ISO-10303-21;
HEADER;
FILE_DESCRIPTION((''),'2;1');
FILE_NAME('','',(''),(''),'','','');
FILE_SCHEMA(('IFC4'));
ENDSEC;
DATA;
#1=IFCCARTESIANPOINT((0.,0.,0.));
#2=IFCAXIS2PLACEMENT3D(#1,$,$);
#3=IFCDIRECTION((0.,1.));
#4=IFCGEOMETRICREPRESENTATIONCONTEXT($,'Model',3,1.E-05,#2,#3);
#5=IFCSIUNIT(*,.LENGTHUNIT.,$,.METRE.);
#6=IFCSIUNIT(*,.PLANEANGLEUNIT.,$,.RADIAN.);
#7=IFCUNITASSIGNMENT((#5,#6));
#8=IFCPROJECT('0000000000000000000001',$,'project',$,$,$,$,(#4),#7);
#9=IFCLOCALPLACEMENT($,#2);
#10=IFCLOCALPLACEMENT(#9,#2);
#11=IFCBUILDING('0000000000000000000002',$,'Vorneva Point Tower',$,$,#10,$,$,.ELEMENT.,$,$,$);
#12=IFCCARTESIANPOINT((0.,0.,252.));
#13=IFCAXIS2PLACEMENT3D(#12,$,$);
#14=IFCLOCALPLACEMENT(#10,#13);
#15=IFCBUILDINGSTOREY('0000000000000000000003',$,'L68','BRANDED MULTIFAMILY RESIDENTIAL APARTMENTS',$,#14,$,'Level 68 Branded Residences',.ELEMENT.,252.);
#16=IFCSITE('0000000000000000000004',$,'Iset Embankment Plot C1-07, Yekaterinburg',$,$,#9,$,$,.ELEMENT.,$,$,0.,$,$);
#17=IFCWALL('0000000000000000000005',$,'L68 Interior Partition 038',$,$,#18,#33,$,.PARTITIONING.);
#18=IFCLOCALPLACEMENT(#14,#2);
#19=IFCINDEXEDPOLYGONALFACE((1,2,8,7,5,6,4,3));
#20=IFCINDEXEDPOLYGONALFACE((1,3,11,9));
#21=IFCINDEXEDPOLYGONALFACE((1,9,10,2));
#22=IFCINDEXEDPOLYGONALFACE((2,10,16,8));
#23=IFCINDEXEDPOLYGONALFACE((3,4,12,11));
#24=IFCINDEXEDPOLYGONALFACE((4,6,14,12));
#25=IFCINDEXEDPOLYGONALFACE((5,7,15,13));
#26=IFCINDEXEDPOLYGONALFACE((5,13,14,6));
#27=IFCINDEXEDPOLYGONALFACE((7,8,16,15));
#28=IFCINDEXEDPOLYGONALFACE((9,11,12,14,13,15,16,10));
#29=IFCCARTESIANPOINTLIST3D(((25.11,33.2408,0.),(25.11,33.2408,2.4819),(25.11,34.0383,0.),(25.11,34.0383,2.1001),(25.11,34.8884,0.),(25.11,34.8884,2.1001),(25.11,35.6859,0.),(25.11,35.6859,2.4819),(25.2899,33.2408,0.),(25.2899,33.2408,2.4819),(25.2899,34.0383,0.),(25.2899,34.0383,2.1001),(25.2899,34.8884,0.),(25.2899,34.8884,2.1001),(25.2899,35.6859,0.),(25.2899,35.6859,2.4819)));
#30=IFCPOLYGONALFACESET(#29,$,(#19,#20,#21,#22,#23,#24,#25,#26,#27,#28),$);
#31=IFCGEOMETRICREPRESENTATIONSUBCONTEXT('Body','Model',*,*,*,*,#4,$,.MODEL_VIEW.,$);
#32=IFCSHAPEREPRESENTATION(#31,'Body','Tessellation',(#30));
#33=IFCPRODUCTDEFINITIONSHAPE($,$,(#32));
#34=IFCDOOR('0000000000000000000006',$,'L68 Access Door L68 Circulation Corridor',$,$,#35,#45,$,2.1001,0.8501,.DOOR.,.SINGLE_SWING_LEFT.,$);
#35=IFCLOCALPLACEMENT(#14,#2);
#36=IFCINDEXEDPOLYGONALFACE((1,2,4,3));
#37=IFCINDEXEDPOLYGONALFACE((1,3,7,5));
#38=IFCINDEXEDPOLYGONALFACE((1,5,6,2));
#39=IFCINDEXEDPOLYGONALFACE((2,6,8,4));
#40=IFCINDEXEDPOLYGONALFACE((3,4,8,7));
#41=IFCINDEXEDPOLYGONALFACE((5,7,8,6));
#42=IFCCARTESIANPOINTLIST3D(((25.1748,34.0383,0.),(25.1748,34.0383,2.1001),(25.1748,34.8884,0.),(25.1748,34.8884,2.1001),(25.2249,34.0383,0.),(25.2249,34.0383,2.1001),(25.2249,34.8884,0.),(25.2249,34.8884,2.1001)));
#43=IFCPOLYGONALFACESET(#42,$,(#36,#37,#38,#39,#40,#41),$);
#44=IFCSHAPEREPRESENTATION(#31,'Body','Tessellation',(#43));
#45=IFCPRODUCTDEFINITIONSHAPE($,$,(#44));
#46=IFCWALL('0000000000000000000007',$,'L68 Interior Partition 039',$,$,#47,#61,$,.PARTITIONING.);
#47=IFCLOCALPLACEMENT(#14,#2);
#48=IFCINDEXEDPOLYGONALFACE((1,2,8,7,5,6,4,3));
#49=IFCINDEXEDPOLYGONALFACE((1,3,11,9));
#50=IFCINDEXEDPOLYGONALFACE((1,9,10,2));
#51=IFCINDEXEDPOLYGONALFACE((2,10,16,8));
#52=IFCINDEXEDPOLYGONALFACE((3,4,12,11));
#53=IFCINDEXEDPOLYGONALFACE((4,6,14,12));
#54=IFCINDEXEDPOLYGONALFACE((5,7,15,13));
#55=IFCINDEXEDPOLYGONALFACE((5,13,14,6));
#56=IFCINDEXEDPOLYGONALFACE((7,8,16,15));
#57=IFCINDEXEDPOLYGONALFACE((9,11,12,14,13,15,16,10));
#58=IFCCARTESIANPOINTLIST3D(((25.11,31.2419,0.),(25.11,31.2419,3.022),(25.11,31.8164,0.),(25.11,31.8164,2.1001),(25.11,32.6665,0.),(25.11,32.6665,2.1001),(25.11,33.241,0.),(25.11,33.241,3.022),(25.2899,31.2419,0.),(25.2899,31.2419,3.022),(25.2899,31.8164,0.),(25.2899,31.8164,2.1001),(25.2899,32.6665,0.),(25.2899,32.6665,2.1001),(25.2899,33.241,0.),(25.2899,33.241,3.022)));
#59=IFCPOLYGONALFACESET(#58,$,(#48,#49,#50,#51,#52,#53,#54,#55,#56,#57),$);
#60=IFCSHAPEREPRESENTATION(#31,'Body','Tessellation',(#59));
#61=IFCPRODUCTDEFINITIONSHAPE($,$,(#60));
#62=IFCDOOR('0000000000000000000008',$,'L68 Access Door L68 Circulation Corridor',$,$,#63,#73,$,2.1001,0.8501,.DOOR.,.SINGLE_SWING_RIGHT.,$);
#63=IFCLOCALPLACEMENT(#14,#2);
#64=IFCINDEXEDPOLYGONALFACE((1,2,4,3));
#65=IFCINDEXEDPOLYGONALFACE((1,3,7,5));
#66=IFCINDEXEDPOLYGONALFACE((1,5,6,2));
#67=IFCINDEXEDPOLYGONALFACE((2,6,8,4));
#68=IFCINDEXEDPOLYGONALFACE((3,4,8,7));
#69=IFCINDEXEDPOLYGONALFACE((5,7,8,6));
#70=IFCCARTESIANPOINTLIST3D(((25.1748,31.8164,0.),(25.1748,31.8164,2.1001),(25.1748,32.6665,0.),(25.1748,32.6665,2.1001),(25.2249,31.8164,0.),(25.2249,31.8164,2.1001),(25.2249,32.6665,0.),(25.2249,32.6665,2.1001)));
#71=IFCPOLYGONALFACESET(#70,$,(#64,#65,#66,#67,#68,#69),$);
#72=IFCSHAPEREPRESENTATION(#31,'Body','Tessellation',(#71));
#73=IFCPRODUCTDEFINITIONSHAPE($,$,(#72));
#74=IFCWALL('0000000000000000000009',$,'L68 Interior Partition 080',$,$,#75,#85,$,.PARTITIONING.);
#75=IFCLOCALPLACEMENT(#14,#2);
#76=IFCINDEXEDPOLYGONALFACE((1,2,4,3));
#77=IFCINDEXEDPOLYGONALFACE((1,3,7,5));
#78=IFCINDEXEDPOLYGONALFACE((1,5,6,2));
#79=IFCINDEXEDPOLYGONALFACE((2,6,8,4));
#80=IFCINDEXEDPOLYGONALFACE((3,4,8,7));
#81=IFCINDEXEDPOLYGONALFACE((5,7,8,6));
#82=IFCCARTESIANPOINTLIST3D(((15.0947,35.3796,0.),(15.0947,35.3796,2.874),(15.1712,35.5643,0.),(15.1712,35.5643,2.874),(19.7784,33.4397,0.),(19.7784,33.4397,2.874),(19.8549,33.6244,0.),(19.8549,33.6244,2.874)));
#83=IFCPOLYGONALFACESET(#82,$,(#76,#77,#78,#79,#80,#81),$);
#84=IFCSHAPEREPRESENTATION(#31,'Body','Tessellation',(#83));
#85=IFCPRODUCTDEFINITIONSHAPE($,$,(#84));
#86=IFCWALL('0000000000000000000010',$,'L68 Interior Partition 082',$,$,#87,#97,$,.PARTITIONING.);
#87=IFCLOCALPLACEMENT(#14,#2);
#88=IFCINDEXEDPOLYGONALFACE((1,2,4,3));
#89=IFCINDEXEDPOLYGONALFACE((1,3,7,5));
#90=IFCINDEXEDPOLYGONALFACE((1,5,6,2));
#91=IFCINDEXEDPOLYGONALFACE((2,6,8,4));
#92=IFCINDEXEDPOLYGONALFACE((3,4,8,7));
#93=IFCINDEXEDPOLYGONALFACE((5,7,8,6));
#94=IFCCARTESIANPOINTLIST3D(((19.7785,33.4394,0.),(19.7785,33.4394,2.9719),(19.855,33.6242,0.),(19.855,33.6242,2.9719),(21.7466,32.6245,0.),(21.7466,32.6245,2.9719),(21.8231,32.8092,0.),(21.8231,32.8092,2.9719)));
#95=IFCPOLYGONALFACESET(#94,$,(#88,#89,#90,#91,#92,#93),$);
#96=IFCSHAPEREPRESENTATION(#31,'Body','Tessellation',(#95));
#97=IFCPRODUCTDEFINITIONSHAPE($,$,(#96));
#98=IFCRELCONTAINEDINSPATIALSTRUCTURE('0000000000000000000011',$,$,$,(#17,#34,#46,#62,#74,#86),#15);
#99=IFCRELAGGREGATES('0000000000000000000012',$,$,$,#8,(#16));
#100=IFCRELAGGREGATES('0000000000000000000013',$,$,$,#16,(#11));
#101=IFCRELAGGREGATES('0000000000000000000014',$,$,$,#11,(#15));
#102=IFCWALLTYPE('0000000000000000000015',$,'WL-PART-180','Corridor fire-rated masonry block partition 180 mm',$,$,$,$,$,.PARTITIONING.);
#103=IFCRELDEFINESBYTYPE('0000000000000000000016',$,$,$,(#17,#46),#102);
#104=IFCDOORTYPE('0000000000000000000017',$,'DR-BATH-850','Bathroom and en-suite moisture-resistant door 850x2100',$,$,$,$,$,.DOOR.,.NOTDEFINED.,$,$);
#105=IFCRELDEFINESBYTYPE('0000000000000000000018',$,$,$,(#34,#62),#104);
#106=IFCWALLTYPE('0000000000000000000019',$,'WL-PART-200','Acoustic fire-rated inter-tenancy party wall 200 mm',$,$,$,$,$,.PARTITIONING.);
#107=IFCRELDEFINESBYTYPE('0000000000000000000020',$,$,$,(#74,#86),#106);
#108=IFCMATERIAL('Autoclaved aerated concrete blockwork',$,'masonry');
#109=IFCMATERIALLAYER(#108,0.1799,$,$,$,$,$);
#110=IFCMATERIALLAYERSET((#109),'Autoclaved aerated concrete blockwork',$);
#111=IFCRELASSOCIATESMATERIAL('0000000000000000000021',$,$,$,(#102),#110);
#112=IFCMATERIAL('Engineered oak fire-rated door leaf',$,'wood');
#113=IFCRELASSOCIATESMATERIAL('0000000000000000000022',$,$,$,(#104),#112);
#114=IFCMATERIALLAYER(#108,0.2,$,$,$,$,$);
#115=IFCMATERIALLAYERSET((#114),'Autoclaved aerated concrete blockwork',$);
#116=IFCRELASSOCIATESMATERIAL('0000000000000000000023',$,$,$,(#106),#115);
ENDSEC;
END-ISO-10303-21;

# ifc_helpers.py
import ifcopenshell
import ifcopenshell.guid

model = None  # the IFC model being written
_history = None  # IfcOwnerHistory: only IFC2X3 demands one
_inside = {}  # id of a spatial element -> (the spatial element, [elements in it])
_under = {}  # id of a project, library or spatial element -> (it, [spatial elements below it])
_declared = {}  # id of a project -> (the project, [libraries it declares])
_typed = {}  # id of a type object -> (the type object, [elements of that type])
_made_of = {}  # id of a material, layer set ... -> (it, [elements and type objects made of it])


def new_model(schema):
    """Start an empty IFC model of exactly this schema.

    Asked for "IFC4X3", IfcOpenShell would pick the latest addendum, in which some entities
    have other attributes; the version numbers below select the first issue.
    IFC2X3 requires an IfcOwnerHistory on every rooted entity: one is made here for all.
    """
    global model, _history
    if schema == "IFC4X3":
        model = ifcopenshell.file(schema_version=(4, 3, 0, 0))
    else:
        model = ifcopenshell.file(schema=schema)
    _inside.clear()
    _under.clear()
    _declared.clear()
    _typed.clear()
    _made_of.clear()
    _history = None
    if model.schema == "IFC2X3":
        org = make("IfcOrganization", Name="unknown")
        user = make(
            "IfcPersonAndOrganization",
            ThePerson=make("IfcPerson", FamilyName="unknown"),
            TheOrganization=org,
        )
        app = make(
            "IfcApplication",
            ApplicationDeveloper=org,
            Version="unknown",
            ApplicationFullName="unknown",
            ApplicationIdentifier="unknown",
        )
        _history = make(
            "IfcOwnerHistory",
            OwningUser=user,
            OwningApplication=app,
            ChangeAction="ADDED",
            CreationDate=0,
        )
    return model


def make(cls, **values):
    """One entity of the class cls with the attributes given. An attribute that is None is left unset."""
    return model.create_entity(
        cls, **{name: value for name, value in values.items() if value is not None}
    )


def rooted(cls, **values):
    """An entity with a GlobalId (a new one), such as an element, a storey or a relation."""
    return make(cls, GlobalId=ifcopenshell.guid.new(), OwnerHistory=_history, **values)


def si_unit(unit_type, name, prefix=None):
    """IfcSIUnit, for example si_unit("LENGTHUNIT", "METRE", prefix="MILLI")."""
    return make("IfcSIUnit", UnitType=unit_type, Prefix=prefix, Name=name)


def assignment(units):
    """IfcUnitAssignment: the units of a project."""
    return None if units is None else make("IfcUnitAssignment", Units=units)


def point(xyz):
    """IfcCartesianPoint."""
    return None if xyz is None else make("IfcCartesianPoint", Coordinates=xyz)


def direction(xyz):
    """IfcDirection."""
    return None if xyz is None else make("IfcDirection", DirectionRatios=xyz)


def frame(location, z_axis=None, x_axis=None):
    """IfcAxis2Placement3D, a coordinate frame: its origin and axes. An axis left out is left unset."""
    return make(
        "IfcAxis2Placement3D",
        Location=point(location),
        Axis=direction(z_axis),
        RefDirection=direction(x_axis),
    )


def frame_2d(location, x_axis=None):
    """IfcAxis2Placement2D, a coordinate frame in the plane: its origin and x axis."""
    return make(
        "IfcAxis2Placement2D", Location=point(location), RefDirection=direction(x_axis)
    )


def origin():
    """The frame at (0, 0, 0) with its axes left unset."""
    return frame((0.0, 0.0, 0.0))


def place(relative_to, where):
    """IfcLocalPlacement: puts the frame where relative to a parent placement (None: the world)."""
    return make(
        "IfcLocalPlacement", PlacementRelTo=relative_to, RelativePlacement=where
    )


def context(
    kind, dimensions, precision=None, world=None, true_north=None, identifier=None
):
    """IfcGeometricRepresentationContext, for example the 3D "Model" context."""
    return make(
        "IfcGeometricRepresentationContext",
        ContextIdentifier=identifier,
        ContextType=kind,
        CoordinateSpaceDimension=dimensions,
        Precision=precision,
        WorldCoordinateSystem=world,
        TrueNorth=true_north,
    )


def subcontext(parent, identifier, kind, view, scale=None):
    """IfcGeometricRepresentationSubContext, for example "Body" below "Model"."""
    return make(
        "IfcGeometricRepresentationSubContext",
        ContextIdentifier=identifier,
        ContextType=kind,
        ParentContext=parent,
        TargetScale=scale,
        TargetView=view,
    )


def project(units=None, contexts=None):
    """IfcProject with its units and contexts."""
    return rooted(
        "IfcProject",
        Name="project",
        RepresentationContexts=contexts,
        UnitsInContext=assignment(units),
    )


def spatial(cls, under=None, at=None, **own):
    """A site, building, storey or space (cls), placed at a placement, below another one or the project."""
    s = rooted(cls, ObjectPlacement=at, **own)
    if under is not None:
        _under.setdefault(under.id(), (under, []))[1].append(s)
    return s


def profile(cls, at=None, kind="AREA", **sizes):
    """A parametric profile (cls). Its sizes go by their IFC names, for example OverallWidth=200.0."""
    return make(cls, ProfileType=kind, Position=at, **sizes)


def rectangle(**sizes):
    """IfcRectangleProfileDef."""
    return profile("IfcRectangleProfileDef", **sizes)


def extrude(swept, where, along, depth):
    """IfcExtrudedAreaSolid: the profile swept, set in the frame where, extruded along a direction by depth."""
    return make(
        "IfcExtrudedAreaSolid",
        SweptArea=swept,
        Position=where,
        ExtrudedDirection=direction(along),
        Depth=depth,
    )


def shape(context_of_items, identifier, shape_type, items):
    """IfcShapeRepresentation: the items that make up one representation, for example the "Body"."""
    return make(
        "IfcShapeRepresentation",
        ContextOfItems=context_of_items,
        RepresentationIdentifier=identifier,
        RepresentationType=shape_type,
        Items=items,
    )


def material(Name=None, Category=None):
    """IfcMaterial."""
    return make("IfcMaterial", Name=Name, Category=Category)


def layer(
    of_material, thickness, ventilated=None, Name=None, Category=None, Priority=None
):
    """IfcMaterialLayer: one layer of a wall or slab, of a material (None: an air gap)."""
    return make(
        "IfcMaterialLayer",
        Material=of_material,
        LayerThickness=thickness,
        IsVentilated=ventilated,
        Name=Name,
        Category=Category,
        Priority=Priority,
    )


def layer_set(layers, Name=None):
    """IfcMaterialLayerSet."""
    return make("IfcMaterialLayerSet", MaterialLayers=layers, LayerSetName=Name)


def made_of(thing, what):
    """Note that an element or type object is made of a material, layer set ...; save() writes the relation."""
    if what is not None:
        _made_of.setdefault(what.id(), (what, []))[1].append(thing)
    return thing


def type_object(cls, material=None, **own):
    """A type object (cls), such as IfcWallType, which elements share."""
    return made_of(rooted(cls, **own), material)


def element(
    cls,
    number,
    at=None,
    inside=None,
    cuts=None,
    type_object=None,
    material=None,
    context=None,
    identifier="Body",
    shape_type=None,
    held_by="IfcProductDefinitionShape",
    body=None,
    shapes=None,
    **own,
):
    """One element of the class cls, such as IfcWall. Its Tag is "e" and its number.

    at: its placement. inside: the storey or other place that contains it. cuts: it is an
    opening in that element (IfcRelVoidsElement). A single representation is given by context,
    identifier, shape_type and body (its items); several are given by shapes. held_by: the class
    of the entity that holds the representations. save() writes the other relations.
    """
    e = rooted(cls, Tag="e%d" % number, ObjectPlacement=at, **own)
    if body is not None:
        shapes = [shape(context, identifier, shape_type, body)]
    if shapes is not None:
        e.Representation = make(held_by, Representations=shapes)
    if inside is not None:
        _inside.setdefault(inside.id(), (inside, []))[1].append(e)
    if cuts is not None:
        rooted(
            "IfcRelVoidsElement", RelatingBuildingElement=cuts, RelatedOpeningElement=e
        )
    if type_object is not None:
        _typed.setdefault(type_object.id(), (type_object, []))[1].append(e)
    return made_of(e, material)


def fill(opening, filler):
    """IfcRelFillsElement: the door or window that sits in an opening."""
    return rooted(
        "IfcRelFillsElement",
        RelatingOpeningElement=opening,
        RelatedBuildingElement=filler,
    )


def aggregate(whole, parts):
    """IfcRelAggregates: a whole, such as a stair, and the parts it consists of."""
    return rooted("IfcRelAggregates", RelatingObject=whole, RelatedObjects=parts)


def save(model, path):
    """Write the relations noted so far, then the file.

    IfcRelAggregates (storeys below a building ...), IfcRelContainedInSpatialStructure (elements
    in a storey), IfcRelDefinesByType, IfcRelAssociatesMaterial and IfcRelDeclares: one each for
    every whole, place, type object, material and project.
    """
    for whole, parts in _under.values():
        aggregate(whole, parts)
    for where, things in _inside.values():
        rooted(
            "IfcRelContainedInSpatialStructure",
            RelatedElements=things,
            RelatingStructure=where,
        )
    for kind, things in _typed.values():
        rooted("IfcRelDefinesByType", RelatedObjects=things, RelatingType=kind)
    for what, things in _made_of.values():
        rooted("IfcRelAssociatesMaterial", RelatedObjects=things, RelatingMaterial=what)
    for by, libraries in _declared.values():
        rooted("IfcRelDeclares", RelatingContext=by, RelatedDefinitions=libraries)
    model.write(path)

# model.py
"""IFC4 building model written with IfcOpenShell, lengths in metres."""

from ifc_helpers import new_model, si_unit, direction, frame, frame_2d, origin, place, context, subcontext, project, spatial, rectangle, extrude, material, layer, layer_set, type_object, element, fill, save


model = new_model("IFC4")

# Units and contexts
model_context = context("Model", 3, precision=1e-05, world=origin(), true_north=direction((0.0, 1.0)))
body_context = subcontext(model_context, "Body", "Model", "MODEL_VIEW")
ifc_project = project(units=[si_unit("LENGTHUNIT", "METRE"), si_unit("PLANEANGLEUNIT", "RADIAN")], contexts=[model_context])

# Site, building, storey
site_placement = place(None, origin())
site = spatial("IfcSite", under=ifc_project, at=site_placement, Name="Iset Embankment Plot C1-07, Yekaterinburg", CompositionType="ELEMENT", RefElevation=0.0)
building_placement = place(site_placement, origin())
building = spatial("IfcBuilding", under=site, at=building_placement, Name="Vorneva Point Tower", CompositionType="ELEMENT")
storey_placement = place(building_placement, frame((0.0, 0.0, 252.0)))
storey = spatial("IfcBuildingStorey", under=building, at=storey_placement, Name="L68", Description="BRANDED MULTIFAMILY RESIDENTIAL APARTMENTS", LongName="Level 68 Branded Residences", CompositionType="ELEMENT", Elevation=252.0)

# Shared definitions
ifc_material_1 = material(Name="Engineered oak fire-rated door leaf", Category="wood")

# Walls, openings, doors
ifc_material_2 = material(Name="Autoclaved aerated concrete blockwork", Category="masonry")
ifc_layer_1 = layer(ifc_material_2, 0.1799)
ifc_layer_set_1 = layer_set([ifc_layer_1], Name="Autoclaved aerated concrete blockwork")
wall_type_1 = type_object("IfcWallType", Name="WL-PART-180", Description="Corridor fire-rated masonry block partition 180 mm", PredefinedType="PARTITIONING", material=ifc_layer_set_1)
wall_1_placement = place(storey_placement, frame((25.2, 35.686, 0.0), z_axis=(0.0, 0.0, 1.0), x_axis=(0.0, -1.0, 0.0)))
wall_1 = element("IfcWall", 1, at=wall_1_placement, inside=storey, type_object=wall_type_1, Name="L68 Interior Partition 038", PredefinedType="PARTITIONING", context=body_context, shape_type="SweptSolid", body=[
    extrude(rectangle(XDim=2.4451, YDim=0.1799, at=frame_2d((1.2227, 0.0))), origin(), (0.0, 0.0, 1.0), 2.4819),
])
opening_1_placement = place(wall_1_placement, frame((0.7976, 0.0, 0.0)))
opening_1 = element("IfcOpeningElement", 2, at=opening_1_placement, cuts=wall_1, PredefinedType="OPENING", context=body_context, shape_type="SweptSolid", body=[
    extrude(rectangle(XDim=0.8501, YDim=2.1001, at=frame_2d((0.425, 1.05))), frame((0.0, 0.105, 0.0), z_axis=(0.0, -1.0, 0.0), x_axis=(1.0, 0.0, 0.0)), (0.0, 0.0, 1.0), 0.2097),
])
door_type_1 = type_object("IfcDoorType", Name="DR-BATH-850", Description="Bathroom and en-suite moisture-resistant door 850x2100", OperationType="NOTDEFINED", PredefinedType="DOOR", material=ifc_material_1)
door_1_placement = place(opening_1_placement, origin())
door_1 = element("IfcDoor", 3, at=door_1_placement, inside=storey, type_object=door_type_1, Name="L68 Access Door L68 Circulation Corridor", OperationType="SINGLE_SWING_LEFT", OverallHeight=2.1001, OverallWidth=0.8501, PredefinedType="DOOR", context=body_context, shape_type="SweptSolid", body=[
    extrude(rectangle(XDim=0.8501, YDim=2.1001, at=frame_2d((0.425, 1.05))), frame((0.0, 0.0249, 0.0), z_axis=(0.0, -1.0, 0.0), x_axis=(1.0, 0.0, 0.0)), (0.0, 0.0, 1.0), 0.05),
])
fill(opening_1, door_1)
wall_2_placement = place(storey_placement, frame((25.2, 33.241, 0.0), z_axis=(0.0, 0.0, 1.0), x_axis=(0.0, -1.0, 0.0)))
wall_2 = element("IfcWall", 4, at=wall_2_placement, inside=storey, type_object=wall_type_1, Name="L68 Interior Partition 039", PredefinedType="PARTITIONING", context=body_context, shape_type="SweptSolid", body=[
    extrude(rectangle(XDim=1.999, YDim=0.1799, at=frame_2d((0.9995, 0.0))), origin(), (0.0, 0.0, 1.0), 3.022),
])
opening_2_placement = place(wall_2_placement, frame((0.5745, 0.0, 0.0)))
opening_2 = element("IfcOpeningElement", 5, at=opening_2_placement, cuts=wall_2, PredefinedType="OPENING", context=body_context, shape_type="SweptSolid", body=[
    extrude(rectangle(XDim=0.8501, YDim=2.1001, at=frame_2d((0.425, 1.05))), frame((0.0, 0.105, 0.0), z_axis=(0.0, -1.0, 0.0), x_axis=(1.0, 0.0, 0.0)), (0.0, 0.0, 1.0), 0.2097),
])
door_2_placement = place(opening_2_placement, origin())
door_2 = element("IfcDoor", 6, at=door_2_placement, inside=storey, type_object=door_type_1, Name="L68 Access Door L68 Circulation Corridor", OperationType="SINGLE_SWING_RIGHT", OverallHeight=2.1001, OverallWidth=0.8501, PredefinedType="DOOR", context=body_context, shape_type="SweptSolid", body=[
    extrude(rectangle(XDim=0.8501, YDim=2.1001, at=frame_2d((0.425, 1.05))), frame((0.0, 0.0249, 0.0), z_axis=(0.0, -1.0, 0.0), x_axis=(1.0, 0.0, 0.0)), (0.0, 0.0, 1.0), 0.05),
])
fill(opening_2, door_2)

# Walls
ifc_layer_2 = layer(ifc_material_2, 0.2)
ifc_layer_set_2 = layer_set([ifc_layer_2], Name="Autoclaved aerated concrete blockwork")
wall_type_2 = type_object("IfcWallType", Name="WL-PART-200", Description="Acoustic fire-rated inter-tenancy party wall 200 mm", PredefinedType="PARTITIONING", material=ifc_layer_set_2)
wall_3_placement = place(storey_placement, frame((15.1331, 35.4719, 0.0), z_axis=(0.0, 0.0, 1.0), x_axis=(0.923891, -0.382655, 0.0)))
element("IfcWall", 7, at=wall_3_placement, inside=storey, type_object=wall_type_2, Name="L68 Interior Partition 080", PredefinedType="PARTITIONING", context=body_context, shape_type="SweptSolid", body=[
    extrude(rectangle(XDim=5.0696, YDim=0.2, at=frame_2d((2.5347, 0.0))), origin(), (0.0, 0.0, 1.0), 2.874),
])
wall_4_placement = place(storey_placement, frame((19.8169, 33.5317, 0.0), z_axis=(0.0, 0.0, 1.0), x_axis=(0.923919, -0.382588, 0.0)))
element("IfcWall", 8, at=wall_4_placement, inside=storey, type_object=wall_type_2, Name="L68 Interior Partition 082", PredefinedType="PARTITIONING", context=body_context, shape_type="SweptSolid", body=[
    extrude(rectangle(XDim=2.1301, YDim=0.2, at=frame_2d((1.0649, 0.0))), origin(), (0.0, 0.0, 1.0), 2.9719),
])

save(model, "model.ifc")
